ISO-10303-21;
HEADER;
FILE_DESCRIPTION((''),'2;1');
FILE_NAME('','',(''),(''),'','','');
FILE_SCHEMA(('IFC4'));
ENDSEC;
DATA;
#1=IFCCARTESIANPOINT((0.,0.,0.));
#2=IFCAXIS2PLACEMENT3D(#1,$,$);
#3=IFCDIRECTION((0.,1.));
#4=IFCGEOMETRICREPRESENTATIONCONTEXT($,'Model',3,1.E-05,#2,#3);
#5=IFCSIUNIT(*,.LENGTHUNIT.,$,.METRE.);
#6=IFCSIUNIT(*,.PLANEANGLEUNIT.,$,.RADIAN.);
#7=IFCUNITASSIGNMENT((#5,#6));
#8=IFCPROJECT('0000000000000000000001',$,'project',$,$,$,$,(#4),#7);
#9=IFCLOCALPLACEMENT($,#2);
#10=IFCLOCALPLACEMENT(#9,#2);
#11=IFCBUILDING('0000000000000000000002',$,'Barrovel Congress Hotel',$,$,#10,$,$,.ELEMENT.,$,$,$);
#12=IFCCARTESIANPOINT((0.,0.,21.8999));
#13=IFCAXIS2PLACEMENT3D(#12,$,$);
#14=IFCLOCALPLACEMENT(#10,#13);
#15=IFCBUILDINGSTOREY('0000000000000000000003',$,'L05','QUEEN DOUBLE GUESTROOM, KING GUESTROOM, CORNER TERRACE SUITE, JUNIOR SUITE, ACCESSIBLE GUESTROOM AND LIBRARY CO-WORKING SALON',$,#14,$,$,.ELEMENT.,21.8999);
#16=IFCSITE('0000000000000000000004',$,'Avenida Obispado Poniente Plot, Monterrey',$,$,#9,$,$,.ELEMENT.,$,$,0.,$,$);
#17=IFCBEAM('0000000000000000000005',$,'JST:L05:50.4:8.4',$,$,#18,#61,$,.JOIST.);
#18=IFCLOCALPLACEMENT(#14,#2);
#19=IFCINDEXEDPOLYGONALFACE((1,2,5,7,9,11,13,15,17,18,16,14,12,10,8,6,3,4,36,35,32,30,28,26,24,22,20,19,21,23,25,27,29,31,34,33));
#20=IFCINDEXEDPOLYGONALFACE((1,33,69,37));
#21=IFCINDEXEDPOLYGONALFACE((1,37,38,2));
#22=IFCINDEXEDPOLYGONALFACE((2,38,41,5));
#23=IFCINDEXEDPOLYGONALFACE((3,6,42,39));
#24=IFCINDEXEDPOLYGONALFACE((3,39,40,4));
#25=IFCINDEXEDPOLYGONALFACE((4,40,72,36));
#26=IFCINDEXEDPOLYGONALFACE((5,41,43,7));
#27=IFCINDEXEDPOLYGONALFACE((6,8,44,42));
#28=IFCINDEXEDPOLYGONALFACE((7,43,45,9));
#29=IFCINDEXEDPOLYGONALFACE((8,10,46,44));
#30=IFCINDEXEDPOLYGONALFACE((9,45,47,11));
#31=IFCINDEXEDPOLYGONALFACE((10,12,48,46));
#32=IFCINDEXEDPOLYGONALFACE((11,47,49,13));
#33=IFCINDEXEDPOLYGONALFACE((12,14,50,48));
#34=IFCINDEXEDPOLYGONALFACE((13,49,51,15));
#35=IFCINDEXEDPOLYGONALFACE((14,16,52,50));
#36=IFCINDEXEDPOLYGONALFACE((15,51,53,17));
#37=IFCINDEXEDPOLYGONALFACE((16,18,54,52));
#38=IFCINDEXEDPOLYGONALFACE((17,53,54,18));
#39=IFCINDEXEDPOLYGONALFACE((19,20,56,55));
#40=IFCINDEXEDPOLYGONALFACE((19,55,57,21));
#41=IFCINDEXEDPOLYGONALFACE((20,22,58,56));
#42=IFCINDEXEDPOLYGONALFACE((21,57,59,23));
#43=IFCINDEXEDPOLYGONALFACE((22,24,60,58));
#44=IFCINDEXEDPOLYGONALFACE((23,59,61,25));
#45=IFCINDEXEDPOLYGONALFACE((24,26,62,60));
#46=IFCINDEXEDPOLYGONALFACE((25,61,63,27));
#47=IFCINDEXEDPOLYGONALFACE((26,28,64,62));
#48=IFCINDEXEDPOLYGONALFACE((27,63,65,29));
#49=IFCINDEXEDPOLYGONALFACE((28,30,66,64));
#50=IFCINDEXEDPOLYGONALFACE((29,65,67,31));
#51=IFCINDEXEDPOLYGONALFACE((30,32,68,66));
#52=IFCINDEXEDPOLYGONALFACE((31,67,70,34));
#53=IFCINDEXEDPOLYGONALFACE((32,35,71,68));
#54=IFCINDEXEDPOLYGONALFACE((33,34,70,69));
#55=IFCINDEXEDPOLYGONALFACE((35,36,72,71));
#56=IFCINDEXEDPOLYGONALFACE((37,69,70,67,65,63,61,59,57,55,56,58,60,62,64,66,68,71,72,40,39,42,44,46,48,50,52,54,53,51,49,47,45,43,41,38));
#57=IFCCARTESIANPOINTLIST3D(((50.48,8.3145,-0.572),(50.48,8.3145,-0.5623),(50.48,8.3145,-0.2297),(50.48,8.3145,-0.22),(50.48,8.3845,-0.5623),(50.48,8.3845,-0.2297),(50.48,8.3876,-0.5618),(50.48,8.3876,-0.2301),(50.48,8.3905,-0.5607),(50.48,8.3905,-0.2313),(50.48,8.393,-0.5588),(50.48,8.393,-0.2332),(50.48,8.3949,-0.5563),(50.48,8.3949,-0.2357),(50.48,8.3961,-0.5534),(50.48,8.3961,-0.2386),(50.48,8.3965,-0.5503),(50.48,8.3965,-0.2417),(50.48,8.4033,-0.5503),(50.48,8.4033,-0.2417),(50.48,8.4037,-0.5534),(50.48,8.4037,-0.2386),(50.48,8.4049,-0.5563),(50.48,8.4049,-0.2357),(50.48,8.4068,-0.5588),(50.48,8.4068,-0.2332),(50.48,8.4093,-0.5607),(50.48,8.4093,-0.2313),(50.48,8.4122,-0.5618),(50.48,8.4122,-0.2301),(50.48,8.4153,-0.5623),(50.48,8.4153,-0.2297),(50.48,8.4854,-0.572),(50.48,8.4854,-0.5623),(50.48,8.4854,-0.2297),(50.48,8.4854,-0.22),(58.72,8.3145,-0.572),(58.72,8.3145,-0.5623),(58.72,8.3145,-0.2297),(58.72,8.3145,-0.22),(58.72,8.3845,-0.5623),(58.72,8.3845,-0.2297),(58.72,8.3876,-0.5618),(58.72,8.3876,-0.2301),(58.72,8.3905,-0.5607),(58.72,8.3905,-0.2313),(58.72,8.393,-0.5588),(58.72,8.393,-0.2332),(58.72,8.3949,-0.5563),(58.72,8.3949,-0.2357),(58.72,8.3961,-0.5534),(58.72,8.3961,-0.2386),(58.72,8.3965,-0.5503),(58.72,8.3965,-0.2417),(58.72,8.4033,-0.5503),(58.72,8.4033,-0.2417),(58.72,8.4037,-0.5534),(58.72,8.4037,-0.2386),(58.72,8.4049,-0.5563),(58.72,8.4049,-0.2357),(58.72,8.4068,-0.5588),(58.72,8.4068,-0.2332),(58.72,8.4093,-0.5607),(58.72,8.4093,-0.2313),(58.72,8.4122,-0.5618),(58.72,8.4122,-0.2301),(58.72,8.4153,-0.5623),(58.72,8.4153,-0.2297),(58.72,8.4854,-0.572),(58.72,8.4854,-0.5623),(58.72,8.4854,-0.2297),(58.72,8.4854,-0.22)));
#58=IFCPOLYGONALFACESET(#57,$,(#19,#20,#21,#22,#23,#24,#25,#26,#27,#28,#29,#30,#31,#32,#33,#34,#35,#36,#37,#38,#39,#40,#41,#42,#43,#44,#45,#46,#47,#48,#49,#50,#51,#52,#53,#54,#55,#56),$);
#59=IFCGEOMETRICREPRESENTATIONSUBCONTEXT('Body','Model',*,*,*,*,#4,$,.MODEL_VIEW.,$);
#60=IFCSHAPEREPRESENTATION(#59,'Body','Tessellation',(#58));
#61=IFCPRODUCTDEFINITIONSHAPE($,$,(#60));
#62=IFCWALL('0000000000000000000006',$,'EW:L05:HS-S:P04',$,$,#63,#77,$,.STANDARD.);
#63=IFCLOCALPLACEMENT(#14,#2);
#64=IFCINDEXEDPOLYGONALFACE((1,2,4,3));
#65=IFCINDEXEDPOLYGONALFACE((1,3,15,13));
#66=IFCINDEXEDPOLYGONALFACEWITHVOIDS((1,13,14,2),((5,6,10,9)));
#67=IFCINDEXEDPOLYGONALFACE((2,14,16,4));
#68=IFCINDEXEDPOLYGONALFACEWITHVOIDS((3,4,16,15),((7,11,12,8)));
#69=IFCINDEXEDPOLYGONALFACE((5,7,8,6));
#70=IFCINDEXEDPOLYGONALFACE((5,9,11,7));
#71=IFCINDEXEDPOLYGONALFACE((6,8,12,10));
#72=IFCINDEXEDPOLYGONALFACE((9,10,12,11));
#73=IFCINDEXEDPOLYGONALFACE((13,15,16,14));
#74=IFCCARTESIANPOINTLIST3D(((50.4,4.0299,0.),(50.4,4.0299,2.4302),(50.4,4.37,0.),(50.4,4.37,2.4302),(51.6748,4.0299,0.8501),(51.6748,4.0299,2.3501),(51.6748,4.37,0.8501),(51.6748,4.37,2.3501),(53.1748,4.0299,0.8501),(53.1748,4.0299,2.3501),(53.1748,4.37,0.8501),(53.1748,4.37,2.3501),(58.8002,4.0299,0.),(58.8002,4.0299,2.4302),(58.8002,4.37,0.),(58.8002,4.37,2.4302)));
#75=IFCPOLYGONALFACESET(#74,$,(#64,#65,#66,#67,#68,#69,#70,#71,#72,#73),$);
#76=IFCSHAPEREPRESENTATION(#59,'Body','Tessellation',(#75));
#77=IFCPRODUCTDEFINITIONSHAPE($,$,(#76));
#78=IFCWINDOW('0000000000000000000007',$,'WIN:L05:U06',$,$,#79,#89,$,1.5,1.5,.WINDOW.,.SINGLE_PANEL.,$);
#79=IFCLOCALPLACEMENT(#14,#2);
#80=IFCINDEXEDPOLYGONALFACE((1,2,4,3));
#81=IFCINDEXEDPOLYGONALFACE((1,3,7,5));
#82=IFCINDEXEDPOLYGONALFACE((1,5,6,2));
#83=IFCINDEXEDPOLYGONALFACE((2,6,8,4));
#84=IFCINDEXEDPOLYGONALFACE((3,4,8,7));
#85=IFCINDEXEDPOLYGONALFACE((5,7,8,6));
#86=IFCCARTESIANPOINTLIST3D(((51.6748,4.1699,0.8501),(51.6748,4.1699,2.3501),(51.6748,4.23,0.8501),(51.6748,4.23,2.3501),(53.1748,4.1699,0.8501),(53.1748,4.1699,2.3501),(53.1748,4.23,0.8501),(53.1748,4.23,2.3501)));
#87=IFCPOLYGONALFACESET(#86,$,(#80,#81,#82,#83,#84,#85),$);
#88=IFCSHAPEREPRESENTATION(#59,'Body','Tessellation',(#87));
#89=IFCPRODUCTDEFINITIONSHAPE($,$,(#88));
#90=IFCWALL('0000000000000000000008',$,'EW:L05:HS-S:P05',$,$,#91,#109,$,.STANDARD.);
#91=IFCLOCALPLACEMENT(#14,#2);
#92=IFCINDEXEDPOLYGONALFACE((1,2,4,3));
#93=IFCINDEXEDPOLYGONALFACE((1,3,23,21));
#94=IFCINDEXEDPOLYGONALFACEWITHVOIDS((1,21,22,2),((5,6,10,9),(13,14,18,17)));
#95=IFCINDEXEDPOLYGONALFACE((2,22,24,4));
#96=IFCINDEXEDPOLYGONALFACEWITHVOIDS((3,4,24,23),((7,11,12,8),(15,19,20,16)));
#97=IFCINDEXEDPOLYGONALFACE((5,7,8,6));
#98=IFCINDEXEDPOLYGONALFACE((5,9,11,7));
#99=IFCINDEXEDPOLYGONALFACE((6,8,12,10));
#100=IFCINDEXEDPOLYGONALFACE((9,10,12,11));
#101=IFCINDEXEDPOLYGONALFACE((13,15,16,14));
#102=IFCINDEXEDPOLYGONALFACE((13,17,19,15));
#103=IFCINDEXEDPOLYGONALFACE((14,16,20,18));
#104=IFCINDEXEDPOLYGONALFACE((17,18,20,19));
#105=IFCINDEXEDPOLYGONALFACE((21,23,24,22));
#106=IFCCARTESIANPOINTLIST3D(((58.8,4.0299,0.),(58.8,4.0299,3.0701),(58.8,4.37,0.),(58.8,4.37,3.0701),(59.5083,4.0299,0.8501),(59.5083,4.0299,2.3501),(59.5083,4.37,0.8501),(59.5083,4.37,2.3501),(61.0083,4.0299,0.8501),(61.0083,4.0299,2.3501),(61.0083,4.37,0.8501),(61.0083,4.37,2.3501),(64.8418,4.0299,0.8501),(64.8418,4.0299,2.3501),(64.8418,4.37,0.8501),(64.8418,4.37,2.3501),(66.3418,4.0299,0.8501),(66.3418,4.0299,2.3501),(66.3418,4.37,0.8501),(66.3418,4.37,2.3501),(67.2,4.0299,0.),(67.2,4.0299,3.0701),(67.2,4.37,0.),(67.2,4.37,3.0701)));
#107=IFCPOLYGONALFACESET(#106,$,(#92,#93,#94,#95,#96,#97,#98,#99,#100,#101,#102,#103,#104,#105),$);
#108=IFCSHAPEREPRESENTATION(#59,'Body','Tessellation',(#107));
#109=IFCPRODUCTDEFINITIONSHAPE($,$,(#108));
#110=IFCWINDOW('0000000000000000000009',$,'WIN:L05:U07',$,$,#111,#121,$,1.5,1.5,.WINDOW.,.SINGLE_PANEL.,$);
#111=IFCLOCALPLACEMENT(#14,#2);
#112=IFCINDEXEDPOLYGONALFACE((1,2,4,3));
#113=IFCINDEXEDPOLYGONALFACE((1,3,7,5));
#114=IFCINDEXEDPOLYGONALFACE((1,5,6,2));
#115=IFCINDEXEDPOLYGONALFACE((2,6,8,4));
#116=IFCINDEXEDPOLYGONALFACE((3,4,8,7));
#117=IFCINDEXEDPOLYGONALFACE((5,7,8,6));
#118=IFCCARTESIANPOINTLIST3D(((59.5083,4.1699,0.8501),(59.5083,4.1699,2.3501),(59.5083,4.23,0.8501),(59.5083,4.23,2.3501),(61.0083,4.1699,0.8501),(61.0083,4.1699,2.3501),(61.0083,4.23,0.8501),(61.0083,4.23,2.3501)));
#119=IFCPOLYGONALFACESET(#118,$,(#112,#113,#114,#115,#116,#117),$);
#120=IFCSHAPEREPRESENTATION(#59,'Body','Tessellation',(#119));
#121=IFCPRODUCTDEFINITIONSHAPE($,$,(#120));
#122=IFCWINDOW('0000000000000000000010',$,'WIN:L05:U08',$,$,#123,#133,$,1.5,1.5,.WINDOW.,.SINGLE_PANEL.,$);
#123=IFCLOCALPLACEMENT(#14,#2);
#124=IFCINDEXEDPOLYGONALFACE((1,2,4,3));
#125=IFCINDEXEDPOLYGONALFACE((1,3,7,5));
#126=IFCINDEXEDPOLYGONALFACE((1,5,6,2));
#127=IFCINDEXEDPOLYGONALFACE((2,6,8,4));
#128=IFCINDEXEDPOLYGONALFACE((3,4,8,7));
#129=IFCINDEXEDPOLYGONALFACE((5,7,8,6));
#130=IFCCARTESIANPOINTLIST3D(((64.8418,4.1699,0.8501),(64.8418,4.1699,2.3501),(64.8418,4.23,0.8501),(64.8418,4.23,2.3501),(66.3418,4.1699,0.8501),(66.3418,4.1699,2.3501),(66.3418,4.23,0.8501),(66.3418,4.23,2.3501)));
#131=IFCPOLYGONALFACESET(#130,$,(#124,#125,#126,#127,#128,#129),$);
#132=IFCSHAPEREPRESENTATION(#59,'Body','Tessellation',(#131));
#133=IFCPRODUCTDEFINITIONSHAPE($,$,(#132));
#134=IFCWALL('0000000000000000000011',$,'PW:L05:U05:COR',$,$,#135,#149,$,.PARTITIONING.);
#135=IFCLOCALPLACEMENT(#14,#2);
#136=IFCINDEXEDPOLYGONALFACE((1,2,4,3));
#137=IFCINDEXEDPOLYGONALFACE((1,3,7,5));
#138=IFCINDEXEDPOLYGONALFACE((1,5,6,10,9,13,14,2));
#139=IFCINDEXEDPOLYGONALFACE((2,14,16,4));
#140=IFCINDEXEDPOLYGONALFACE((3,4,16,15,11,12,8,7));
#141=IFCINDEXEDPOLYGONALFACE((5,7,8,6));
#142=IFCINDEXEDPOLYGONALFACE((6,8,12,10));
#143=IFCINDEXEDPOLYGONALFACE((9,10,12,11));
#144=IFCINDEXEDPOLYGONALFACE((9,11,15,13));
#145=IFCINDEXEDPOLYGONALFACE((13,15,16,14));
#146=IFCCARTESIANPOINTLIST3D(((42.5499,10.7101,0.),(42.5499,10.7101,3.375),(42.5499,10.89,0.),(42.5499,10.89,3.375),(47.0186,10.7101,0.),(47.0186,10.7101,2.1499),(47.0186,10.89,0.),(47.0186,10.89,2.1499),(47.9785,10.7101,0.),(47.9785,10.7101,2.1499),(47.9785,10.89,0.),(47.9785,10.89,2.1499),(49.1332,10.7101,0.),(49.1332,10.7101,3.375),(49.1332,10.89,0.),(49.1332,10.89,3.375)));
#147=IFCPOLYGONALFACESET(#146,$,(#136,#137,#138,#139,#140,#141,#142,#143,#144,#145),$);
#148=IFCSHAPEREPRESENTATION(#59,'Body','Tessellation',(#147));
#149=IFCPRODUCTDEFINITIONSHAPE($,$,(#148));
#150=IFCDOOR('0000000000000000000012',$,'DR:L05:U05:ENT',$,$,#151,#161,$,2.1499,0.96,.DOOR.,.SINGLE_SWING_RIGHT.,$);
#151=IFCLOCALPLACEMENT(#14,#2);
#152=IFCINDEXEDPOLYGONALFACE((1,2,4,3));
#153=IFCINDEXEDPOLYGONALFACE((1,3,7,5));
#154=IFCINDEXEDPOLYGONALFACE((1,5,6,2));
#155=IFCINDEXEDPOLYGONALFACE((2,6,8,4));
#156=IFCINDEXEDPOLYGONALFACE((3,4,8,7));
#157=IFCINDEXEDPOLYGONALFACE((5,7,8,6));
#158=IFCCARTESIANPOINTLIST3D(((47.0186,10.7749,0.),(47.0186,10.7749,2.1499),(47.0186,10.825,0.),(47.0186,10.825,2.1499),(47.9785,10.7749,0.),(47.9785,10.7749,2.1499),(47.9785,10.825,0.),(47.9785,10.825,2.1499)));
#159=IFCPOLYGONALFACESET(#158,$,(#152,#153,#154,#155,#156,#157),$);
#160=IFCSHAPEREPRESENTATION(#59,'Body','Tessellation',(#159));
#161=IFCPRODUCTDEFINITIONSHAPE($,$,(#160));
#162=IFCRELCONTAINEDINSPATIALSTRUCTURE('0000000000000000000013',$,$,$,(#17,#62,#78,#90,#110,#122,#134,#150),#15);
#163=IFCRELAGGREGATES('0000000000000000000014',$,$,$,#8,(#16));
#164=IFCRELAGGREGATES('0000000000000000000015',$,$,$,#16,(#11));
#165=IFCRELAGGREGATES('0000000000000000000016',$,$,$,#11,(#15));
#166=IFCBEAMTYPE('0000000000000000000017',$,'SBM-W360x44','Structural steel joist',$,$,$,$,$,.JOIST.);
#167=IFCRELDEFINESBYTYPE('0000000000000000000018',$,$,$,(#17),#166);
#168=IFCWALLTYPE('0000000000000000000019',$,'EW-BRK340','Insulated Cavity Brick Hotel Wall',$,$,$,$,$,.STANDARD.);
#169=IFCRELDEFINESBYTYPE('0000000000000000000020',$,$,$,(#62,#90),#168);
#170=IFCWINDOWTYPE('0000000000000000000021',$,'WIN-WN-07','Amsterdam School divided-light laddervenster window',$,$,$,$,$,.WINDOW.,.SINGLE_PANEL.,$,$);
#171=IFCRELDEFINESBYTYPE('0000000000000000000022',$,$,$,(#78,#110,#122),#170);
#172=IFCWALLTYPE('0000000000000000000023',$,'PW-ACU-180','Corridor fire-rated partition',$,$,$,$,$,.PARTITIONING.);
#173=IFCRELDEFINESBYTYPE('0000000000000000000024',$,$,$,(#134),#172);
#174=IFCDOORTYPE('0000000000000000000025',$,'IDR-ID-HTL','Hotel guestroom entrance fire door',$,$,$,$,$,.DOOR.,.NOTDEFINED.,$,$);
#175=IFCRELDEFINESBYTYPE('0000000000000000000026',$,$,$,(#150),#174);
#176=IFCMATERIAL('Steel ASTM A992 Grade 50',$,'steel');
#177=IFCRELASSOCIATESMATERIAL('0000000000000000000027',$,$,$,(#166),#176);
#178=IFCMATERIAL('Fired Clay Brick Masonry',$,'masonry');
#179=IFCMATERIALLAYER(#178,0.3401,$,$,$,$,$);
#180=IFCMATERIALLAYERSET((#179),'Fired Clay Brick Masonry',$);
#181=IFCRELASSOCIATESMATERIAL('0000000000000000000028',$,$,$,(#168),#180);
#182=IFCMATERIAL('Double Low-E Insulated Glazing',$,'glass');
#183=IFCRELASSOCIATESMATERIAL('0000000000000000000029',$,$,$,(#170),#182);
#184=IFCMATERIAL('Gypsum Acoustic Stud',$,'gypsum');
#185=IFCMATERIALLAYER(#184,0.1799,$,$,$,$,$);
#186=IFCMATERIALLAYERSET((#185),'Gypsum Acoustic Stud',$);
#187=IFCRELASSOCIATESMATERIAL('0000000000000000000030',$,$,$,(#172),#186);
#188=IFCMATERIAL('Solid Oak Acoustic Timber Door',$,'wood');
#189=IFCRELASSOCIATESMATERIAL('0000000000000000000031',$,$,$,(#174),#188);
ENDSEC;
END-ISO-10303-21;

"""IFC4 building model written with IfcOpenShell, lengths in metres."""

from ifc_helpers import new_model, si_unit, direction, frame, frame_2d, origin, origin_2d, place, context, subcontext, project, spatial, rectangle, i_section, extrude, material, layer, layer_set, material_profile, profile_set, type_object, element, fill, save


model = new_model("IFC4")

# Units and contexts
model_context = context("Model", 3, precision=1e-05, world=origin(), true_north=direction((0.0, 1.0)))
body_context = subcontext(model_context, "Body", "Model", "MODEL_VIEW")
ifc_project = project(units=[si_unit("LENGTHUNIT", "METRE"), si_unit("PLANEANGLEUNIT", "RADIAN")], contexts=[model_context])

# Site, building, storey
site_placement = place(None, origin())
site = spatial("IfcSite", under=ifc_project, at=site_placement, Name="Avenida Obispado Poniente Plot, Monterrey", CompositionType="ELEMENT", RefElevation=0.0)
building_placement = place(site_placement, origin())
building = spatial("IfcBuilding", under=site, at=building_placement, Name="Barrovel Congress Hotel", CompositionType="ELEMENT")
storey_placement = place(building_placement, frame((0.0, 0.0, 21.8999)))
storey = spatial("IfcBuildingStorey", under=building, at=storey_placement, Name="L05", Description="QUEEN DOUBLE GUESTROOM, KING GUESTROOM, CORNER TERRACE SUITE, JUNIOR SUITE, ACCESSIBLE GUESTROOM AND LIBRARY CO-WORKING SALON", CompositionType="ELEMENT", Elevation=21.8999)

# Beam
ifc_material_1 = material(Name="Steel ASTM A992 Grade 50", Category="steel")
ifc_material_profile_1 = material_profile(ifc_material_1, i_section(OverallWidth=0.1709, OverallDepth=0.3521, WebThickness=0.0068, FlangeThickness=0.0098, FilletRadius=0.012, at=origin_2d()), Name="W360x44")
ifc_profile_set_1 = profile_set([ifc_material_profile_1], Name="Steel ASTM A992 Grade 50")
beam_type_1 = type_object("IfcBeamType", Name="SBM-W360x44", Description="Structural steel joist", PredefinedType="JOIST", material=ifc_profile_set_1)
beam_1_placement = place(storey_placement, frame((50.48, 8.3999, -0.396), z_axis=(1.0, 0.0, 0.0), x_axis=(0.0, 1.0, 0.0)))
element("IfcBeam", 1, at=beam_1_placement, inside=storey, type_object=beam_type_1, Name="JST:L05:50.4:8.4", PredefinedType="JOIST", context=body_context, shape_type="SweptSolid", body=[
    extrude(i_section(OverallWidth=0.1709, OverallDepth=0.3521, WebThickness=0.0068, FlangeThickness=0.0098, FilletRadius=0.012, at=origin_2d()), origin(), (0.0, 0.0, 1.0), 8.24),
])

# Wall, opening, window
ifc_material_2 = material(Name="Fired Clay Brick Masonry", Category="masonry")
ifc_layer_1 = layer(ifc_material_2, 0.3401)
ifc_layer_set_1 = layer_set([ifc_layer_1], Name="Fired Clay Brick Masonry")
wall_type_1 = type_object("IfcWallType", Name="EW-BRK340", Description="Insulated Cavity Brick Hotel Wall", PredefinedType="STANDARD", material=ifc_layer_set_1)
wall_1_placement = place(storey_placement, frame((50.3999, 4.2, 0.0), z_axis=(0.0, 0.0, 1.0), x_axis=(1.0, 0.0, 0.0)))
wall_1 = element("IfcWall", 2, at=wall_1_placement, inside=storey, type_object=wall_type_1, Name="EW:L05:HS-S:P04", PredefinedType="STANDARD", context=body_context, shape_type="SweptSolid", body=[
    extrude(rectangle(XDim=8.4001, YDim=0.3401, at=frame_2d((4.2002, 0.0))), origin(), (0.0, 0.0, 1.0), 2.4302),
])
opening_1_placement = place(wall_1_placement, frame((1.2749, 0.0, 0.8501)))
opening_1 = element("IfcOpeningElement", 3, at=opening_1_placement, cuts=wall_1, PredefinedType="OPENING", context=body_context, shape_type="SweptSolid", body=[
    extrude(rectangle(XDim=1.5, YDim=1.5, at=frame_2d((0.75, 0.75))), frame((0.0, 0.1802, 0.0), z_axis=(0.0, -1.0, 0.0), x_axis=(1.0, 0.0, 0.0)), (0.0, 0.0, 1.0), 0.3601),
])
ifc_material_3 = material(Name="Double Low-E Insulated Glazing", Category="glass")
window_type = type_object("IfcWindowType", Name="WIN-WN-07", Description="Amsterdam School divided-light laddervenster window", PartitioningType="SINGLE_PANEL", PredefinedType="WINDOW", material=ifc_material_3)
window_1_placement = place(opening_1_placement, origin())
window_1 = element("IfcWindow", 4, at=window_1_placement, inside=storey, type_object=window_type, Name="WIN:L05:U06", OverallHeight=1.5, OverallWidth=1.5, PartitioningType="SINGLE_PANEL", PredefinedType="WINDOW", context=body_context, shape_type="SweptSolid", body=[
    extrude(rectangle(XDim=1.5, YDim=1.5, at=frame_2d((0.75, 0.75))), frame((0.0, 0.03, 0.0), z_axis=(0.0, -1.0, 0.0), x_axis=(1.0, 0.0, 0.0)), (0.0, 0.0, 1.0), 0.0601),
])
fill(opening_1, window_1)

# Wall, openings, windows
wall_2_placement = place(storey_placement, frame((58.8, 4.2, 0.0), z_axis=(0.0, 0.0, 1.0), x_axis=(1.0, 0.0, 0.0)))
wall_2 = element("IfcWall", 5, at=wall_2_placement, inside=storey, type_object=wall_type_1, Name="EW:L05:HS-S:P05", PredefinedType="STANDARD", context=body_context, shape_type="SweptSolid", body=[
    extrude(rectangle(XDim=8.3999, YDim=0.3401, at=frame_2d((4.2, 0.0))), origin(), (0.0, 0.0, 1.0), 3.0701),
])
opening_2_placement = place(wall_2_placement, frame((0.7083, 0.0, 0.8501)))
opening_2 = element("IfcOpeningElement", 6, at=opening_2_placement, cuts=wall_2, PredefinedType="OPENING", context=body_context, shape_type="SweptSolid", body=[
    extrude(rectangle(XDim=1.5, YDim=1.5, at=frame_2d((0.75, 0.75))), frame((0.0, 0.1802, 0.0), z_axis=(0.0, -1.0, 0.0), x_axis=(1.0, 0.0, 0.0)), (0.0, 0.0, 1.0), 0.3601),
])
opening_3_placement = place(wall_2_placement, frame((6.0417, 0.0, 0.8501)))
opening_3 = element("IfcOpeningElement", 7, at=opening_3_placement, cuts=wall_2, PredefinedType="OPENING", context=body_context, shape_type="SweptSolid", body=[
    extrude(rectangle(XDim=1.5, YDim=1.5, at=frame_2d((0.75, 0.75))), frame((0.0, 0.1802, 0.0), z_axis=(0.0, -1.0, 0.0), x_axis=(1.0, 0.0, 0.0)), (0.0, 0.0, 1.0), 0.3601),
])
window_2_placement = place(opening_2_placement, origin())
window_2 = element("IfcWindow", 8, at=window_2_placement, inside=storey, type_object=window_type, Name="WIN:L05:U07", OverallHeight=1.5, OverallWidth=1.5, PartitioningType="SINGLE_PANEL", PredefinedType="WINDOW", context=body_context, shape_type="SweptSolid", body=[
    extrude(rectangle(XDim=1.5, YDim=1.5, at=frame_2d((0.75, 0.75))), frame((0.0, 0.03, 0.0), z_axis=(0.0, -1.0, 0.0), x_axis=(1.0, 0.0, 0.0)), (0.0, 0.0, 1.0), 0.0601),
])
fill(opening_2, window_2)
window_3_placement = place(opening_3_placement, origin())
window_3 = element("IfcWindow", 9, at=window_3_placement, inside=storey, type_object=window_type, Name="WIN:L05:U08", OverallHeight=1.5, OverallWidth=1.5, PartitioningType="SINGLE_PANEL", PredefinedType="WINDOW", context=body_context, shape_type="SweptSolid", body=[
    extrude(rectangle(XDim=1.5, YDim=1.5, at=frame_2d((0.75, 0.75))), frame((0.0, 0.03, 0.0), z_axis=(0.0, -1.0, 0.0), x_axis=(1.0, 0.0, 0.0)), (0.0, 0.0, 1.0), 0.0601),
])
fill(opening_3, window_3)

# Wall, opening, door
ifc_material_4 = material(Name="Gypsum Acoustic Stud", Category="gypsum")
ifc_layer_2 = layer(ifc_material_4, 0.1799)
ifc_layer_set_2 = layer_set([ifc_layer_2], Name="Gypsum Acoustic Stud")
wall_type_2 = type_object("IfcWallType", Name="PW-ACU-180", Description="Corridor fire-rated partition", PredefinedType="PARTITIONING", material=ifc_layer_set_2)
wall_3_placement = place(storey_placement, frame((42.55, 10.8, 0.0), z_axis=(0.0, 0.0, 1.0), x_axis=(1.0, 0.0, 0.0)))
wall_3 = element("IfcWall", 10, at=wall_3_placement, inside=storey, type_object=wall_type_2, Name="PW:L05:U05:COR", PredefinedType="PARTITIONING", context=body_context, shape_type="SweptSolid", body=[
    extrude(rectangle(XDim=6.5833, YDim=0.1799, at=frame_2d((3.2915, 0.0))), origin(), (0.0, 0.0, 1.0), 3.375),
])
opening_4_placement = place(wall_3_placement, frame((4.4685, 0.0, 0.0)))
opening_4 = element("IfcOpeningElement", 11, at=opening_4_placement, cuts=wall_3, PredefinedType="OPENING", context=body_context, shape_type="SweptSolid", body=[
    extrude(rectangle(XDim=0.96, YDim=2.1499, at=frame_2d((0.48, 1.075))), frame((0.0, 0.1001, 0.0), z_axis=(0.0, -1.0, 0.0), x_axis=(1.0, 0.0, 0.0)), (0.0, 0.0, 1.0), 0.2),
])
ifc_material_5 = material(Name="Solid Oak Acoustic Timber Door", Category="wood")
door_type_1 = type_object("IfcDoorType", Name="IDR-ID-HTL", Description="Hotel guestroom entrance fire door", OperationType="NOTDEFINED", PredefinedType="DOOR", material=ifc_material_5)
door_1_placement = place(opening_4_placement, origin())
door_1 = element("IfcDoor", 12, at=door_1_placement, inside=storey, type_object=door_type_1, Name="DR:L05:U05:ENT", OperationType="SINGLE_SWING_RIGHT", OverallHeight=2.1499, OverallWidth=0.96, PredefinedType="DOOR", context=body_context, shape_type="SweptSolid", body=[
    extrude(rectangle(XDim=0.96, YDim=2.1499, at=frame_2d((0.48, 1.075))), frame((0.0, 0.0249, 0.0), z_axis=(0.0, -1.0, 0.0), x_axis=(1.0, 0.0, 0.0)), (0.0, 0.0, 1.0), 0.05),
])
fill(opening_4, door_1)

save(model, "model.ifc")
